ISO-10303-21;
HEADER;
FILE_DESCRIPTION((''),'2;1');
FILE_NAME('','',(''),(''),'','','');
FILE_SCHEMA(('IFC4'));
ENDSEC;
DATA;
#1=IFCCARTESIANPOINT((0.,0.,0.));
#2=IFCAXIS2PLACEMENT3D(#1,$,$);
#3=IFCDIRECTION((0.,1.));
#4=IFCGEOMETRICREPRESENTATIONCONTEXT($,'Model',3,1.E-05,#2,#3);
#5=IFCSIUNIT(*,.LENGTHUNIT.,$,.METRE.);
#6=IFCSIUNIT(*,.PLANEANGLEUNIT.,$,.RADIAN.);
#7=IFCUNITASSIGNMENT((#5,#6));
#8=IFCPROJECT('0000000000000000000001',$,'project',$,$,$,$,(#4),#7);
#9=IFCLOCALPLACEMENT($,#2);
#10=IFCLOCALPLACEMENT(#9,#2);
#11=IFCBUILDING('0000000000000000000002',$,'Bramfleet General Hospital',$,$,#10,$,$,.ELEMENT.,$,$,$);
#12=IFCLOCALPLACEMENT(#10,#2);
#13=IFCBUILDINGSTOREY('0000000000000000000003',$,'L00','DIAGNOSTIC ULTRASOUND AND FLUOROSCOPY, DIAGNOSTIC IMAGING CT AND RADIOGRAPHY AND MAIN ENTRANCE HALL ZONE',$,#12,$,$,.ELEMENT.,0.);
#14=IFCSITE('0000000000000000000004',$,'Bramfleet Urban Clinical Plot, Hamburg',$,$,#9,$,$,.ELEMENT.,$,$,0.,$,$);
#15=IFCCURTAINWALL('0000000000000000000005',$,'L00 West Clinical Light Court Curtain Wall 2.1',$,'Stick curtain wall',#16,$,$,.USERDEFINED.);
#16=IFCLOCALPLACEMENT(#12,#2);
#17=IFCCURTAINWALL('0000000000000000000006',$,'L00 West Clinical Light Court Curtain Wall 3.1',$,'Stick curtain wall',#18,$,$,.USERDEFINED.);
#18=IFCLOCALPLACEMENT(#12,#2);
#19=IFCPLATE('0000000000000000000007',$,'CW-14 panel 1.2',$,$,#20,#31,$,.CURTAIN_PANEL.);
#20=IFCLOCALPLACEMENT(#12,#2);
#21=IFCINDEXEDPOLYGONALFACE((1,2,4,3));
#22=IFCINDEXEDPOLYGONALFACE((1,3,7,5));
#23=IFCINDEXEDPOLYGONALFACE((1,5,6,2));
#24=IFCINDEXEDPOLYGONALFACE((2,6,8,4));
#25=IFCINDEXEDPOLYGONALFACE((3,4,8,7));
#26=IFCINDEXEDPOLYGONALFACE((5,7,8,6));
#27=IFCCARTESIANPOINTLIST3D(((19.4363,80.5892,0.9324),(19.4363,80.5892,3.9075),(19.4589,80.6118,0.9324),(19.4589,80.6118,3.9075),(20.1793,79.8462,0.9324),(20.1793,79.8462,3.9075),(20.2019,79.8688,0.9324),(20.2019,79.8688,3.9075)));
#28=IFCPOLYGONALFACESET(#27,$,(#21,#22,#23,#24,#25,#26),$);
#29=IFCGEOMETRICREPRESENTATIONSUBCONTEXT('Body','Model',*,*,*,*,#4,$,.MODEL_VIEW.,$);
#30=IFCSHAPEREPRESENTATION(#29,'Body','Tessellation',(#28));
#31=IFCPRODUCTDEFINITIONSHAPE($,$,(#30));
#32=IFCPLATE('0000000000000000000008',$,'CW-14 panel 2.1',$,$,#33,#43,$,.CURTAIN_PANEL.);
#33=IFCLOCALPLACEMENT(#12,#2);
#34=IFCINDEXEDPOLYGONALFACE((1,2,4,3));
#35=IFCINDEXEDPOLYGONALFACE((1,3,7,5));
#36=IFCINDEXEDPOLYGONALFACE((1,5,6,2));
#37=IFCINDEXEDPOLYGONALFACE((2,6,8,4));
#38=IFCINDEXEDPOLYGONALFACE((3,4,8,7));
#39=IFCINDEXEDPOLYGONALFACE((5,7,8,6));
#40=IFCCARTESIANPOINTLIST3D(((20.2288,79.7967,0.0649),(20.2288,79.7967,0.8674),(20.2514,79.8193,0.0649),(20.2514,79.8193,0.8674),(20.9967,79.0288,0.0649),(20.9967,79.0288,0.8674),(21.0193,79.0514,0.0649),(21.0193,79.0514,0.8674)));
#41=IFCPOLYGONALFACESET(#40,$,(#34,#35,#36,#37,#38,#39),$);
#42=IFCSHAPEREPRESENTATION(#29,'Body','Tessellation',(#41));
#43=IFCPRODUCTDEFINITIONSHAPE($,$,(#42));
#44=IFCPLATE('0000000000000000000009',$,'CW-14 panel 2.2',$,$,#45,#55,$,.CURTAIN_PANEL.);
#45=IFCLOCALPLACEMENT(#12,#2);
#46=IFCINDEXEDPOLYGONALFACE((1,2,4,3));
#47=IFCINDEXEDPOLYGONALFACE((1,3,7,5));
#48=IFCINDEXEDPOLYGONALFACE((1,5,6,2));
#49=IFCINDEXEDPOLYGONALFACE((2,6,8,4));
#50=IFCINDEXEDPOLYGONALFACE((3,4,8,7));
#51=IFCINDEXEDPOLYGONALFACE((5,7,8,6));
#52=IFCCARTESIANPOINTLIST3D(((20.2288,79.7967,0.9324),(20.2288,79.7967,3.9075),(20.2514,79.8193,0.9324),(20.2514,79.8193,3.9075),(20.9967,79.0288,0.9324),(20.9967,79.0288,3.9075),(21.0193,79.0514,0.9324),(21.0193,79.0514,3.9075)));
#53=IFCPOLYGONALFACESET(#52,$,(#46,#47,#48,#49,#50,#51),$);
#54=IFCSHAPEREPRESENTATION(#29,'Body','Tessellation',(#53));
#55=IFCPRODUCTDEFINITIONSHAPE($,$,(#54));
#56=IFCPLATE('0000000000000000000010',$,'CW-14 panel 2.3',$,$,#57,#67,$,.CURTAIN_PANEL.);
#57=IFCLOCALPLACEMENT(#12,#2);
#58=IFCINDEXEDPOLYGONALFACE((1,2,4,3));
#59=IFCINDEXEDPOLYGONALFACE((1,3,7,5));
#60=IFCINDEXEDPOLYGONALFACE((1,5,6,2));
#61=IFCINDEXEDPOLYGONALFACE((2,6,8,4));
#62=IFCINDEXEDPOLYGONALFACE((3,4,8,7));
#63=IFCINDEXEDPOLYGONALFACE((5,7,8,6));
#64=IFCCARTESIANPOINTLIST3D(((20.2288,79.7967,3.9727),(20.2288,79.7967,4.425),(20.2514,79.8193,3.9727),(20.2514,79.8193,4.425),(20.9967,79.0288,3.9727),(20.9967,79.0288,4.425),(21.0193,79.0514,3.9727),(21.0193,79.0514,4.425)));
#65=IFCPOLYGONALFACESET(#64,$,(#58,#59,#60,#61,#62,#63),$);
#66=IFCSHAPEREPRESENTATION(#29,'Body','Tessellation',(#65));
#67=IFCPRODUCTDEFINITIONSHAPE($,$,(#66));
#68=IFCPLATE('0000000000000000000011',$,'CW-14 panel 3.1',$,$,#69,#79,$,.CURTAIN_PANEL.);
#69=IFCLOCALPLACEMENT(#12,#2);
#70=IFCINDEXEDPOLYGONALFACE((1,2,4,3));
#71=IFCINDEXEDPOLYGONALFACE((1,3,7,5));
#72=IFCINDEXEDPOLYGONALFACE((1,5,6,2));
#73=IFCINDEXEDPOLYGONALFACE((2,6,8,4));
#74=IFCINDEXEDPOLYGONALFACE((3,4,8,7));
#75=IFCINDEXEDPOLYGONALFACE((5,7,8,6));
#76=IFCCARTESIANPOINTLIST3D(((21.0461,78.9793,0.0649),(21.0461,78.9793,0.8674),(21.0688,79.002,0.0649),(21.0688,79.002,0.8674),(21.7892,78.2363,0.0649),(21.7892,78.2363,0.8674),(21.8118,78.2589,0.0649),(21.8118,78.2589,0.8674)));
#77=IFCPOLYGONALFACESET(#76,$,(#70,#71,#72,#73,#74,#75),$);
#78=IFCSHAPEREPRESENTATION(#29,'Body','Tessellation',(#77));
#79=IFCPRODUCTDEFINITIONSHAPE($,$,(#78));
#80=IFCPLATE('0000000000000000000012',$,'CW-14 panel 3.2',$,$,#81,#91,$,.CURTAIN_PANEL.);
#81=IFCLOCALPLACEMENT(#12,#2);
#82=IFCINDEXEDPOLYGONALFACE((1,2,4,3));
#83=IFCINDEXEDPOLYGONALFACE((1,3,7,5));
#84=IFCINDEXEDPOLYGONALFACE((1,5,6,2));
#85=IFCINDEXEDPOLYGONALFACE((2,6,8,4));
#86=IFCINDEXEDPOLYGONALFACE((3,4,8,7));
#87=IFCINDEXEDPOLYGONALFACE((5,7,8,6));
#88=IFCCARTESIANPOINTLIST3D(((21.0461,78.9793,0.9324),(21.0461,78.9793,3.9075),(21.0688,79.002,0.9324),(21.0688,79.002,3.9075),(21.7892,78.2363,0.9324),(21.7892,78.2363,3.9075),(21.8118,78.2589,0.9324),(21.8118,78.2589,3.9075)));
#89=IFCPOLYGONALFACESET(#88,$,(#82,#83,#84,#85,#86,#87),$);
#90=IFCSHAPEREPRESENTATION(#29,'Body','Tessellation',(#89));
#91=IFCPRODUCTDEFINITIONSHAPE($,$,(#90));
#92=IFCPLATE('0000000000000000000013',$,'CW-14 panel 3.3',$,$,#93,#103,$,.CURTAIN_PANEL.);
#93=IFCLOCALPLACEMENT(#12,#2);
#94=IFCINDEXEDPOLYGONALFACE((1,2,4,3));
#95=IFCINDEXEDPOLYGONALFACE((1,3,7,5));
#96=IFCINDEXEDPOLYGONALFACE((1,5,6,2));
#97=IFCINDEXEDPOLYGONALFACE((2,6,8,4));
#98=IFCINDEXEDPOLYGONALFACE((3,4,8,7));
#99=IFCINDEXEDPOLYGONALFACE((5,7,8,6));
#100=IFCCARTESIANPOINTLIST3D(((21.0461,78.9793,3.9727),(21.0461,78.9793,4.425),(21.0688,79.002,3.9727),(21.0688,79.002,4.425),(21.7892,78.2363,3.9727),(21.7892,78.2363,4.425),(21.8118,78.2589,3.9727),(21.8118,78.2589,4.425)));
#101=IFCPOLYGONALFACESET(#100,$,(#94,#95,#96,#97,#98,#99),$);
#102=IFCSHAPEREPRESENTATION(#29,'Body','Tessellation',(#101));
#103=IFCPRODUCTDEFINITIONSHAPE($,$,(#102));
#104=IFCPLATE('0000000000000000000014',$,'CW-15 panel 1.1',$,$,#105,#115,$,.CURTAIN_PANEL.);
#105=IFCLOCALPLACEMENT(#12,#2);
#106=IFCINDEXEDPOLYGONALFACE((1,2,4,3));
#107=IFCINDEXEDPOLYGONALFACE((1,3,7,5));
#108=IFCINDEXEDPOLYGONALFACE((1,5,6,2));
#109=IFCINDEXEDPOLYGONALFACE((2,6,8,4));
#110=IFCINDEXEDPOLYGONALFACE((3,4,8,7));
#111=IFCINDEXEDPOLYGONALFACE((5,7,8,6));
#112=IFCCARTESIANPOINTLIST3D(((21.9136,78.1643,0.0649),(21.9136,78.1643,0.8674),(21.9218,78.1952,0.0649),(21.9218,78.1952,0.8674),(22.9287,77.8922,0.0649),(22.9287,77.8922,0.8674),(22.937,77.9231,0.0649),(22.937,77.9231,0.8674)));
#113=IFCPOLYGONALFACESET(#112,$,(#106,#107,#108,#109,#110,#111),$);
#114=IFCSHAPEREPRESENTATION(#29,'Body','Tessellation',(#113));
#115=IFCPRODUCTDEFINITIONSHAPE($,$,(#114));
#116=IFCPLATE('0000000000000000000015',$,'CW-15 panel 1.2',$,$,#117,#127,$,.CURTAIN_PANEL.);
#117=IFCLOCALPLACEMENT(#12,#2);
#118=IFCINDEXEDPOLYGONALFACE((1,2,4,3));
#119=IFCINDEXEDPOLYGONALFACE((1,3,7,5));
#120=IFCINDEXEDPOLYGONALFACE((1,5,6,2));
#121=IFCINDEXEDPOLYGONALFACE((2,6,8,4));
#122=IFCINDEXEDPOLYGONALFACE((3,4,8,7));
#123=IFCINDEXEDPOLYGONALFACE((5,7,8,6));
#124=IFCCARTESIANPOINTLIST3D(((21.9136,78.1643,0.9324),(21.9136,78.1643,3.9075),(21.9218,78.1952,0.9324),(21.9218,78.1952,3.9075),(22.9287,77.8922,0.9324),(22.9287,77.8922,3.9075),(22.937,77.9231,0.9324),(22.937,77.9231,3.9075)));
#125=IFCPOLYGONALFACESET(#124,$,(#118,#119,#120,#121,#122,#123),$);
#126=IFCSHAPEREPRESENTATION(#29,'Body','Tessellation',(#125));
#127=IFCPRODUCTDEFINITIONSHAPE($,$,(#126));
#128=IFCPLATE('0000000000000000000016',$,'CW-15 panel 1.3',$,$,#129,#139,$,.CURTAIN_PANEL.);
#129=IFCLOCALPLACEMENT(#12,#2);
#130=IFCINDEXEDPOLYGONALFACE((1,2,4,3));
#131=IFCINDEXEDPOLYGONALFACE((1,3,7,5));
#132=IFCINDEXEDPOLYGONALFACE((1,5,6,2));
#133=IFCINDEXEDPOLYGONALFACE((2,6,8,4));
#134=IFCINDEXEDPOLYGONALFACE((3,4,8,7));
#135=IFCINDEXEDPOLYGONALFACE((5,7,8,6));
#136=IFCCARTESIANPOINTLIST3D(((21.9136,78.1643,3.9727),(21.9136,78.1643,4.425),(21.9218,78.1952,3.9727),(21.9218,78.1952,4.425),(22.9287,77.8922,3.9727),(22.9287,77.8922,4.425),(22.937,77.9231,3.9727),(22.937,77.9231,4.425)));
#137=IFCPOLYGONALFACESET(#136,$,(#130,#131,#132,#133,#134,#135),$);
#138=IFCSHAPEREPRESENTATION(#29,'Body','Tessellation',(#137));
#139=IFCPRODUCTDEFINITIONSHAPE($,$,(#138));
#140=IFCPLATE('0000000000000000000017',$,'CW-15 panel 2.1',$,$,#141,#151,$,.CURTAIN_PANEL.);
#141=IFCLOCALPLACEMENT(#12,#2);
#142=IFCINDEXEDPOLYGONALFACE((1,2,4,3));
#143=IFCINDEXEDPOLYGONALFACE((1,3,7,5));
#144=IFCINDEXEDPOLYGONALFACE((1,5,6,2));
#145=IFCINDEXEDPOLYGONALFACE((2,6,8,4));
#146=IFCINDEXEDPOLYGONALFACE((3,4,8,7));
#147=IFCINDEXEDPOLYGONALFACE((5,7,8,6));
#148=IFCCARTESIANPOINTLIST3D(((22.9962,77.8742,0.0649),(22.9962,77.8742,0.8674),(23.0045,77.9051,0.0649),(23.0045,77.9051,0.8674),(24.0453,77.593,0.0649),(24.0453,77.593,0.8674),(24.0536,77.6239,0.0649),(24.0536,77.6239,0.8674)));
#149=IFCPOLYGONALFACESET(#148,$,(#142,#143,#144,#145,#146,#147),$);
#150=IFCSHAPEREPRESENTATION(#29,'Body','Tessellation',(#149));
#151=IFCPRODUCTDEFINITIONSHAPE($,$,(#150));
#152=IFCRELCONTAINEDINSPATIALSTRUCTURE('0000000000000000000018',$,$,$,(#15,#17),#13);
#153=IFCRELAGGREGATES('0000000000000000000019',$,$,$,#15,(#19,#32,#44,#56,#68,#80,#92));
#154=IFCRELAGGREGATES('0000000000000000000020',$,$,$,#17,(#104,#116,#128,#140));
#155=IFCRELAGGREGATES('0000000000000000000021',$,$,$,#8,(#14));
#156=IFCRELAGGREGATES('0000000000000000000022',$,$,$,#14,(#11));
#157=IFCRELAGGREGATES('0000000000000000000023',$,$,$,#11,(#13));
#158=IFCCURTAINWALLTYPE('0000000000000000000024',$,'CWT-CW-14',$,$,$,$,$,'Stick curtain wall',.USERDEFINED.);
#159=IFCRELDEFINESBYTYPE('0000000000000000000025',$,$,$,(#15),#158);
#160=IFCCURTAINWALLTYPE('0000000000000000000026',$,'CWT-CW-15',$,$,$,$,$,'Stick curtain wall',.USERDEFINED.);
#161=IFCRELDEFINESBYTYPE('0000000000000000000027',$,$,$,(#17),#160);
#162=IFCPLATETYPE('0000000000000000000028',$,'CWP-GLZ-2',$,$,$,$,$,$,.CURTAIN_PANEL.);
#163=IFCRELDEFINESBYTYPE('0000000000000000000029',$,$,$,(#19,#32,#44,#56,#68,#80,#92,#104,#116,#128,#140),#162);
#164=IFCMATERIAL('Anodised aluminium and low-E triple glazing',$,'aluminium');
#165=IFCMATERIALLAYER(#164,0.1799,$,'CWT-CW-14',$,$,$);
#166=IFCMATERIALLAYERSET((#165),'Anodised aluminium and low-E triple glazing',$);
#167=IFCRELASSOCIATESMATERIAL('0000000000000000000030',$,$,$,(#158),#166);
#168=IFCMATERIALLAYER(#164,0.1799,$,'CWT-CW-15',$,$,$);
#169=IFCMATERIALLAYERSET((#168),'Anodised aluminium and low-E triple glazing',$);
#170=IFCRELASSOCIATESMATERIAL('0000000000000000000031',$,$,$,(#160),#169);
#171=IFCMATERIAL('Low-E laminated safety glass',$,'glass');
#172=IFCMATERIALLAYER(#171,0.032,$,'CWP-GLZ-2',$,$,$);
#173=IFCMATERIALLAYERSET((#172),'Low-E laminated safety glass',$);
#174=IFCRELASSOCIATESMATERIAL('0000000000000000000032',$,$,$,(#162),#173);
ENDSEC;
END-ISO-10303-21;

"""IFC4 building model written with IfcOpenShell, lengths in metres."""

from ifc_helpers import new_model, si_unit, direction, frame, origin, origin_2d, place, context, subcontext, project, spatial, rectangle, extrude, material, layer, layer_set, type_object, element, aggregate, save


model = new_model("IFC4")

# Units and contexts
model_context = context("Model", 3, precision=1e-05, world=origin(), true_north=direction((0.0, 1.0)))
body_context = subcontext(model_context, "Body", "Model", "MODEL_VIEW")
ifc_project = project(units=[si_unit("LENGTHUNIT", "METRE"), si_unit("PLANEANGLEUNIT", "RADIAN")], contexts=[model_context])

# Site, building, storey
site_placement = place(None, origin())
site = spatial("IfcSite", under=ifc_project, at=site_placement, Name="Bramfleet Urban Clinical Plot, Hamburg", CompositionType="ELEMENT", RefElevation=0.0)
building_placement = place(site_placement, origin())
building = spatial("IfcBuilding", under=site, at=building_placement, Name="Bramfleet General Hospital", CompositionType="ELEMENT")
storey_placement = place(building_placement, origin())
storey = spatial("IfcBuildingStorey", under=building, at=storey_placement, Name="L00", Description="DIAGNOSTIC ULTRASOUND AND FLUOROSCOPY, DIAGNOSTIC IMAGING CT AND RADIOGRAPHY AND MAIN ENTRANCE HALL ZONE", CompositionType="ELEMENT", Elevation=0.0)

# Curtain walls
ifc_material_1 = material(Name="Anodised aluminium and low-E triple glazing", Category="aluminium")
ifc_layer_1 = layer(ifc_material_1, 0.1799, Name="CWT-CW-14")
ifc_layer_set_1 = layer_set([ifc_layer_1], Name="Anodised aluminium and low-E triple glazing")
curtain_wall_type_1 = type_object("IfcCurtainWallType", Name="CWT-CW-14", ElementType="Stick curtain wall", PredefinedType="USERDEFINED", material=ifc_layer_set_1)
curtain_wall_1_placement = place(storey_placement, origin())
curtain_wall_1 = element("IfcCurtainWall", 1, at=curtain_wall_1_placement, inside=storey, type_object=curtain_wall_type_1, Name="L00 West Clinical Light Court Curtain Wall 2.1", ObjectType="Stick curtain wall", PredefinedType="USERDEFINED")
ifc_layer_2 = layer(ifc_material_1, 0.1799, Name="CWT-CW-15")
ifc_layer_set_2 = layer_set([ifc_layer_2], Name="Anodised aluminium and low-E triple glazing")
curtain_wall_type_2 = type_object("IfcCurtainWallType", Name="CWT-CW-15", ElementType="Stick curtain wall", PredefinedType="USERDEFINED", material=ifc_layer_set_2)
curtain_wall_2_placement = place(storey_placement, origin())
curtain_wall_2 = element("IfcCurtainWall", 2, at=curtain_wall_2_placement, inside=storey, type_object=curtain_wall_type_2, Name="L00 West Clinical Light Court Curtain Wall 3.1", ObjectType="Stick curtain wall", PredefinedType="USERDEFINED")

# Plates
ifc_material_2 = material(Name="Low-E laminated safety glass", Category="glass")
ifc_layer_3 = layer(ifc_material_2, 0.032, Name="CWP-GLZ-2")
ifc_layer_set_3 = layer_set([ifc_layer_3], Name="Low-E laminated safety glass")
plate_type = type_object("IfcPlateType", Name="CWP-GLZ-2", PredefinedType="CURTAIN_PANEL", material=ifc_layer_set_3)
plate_1_placement = place(storey_placement, frame((19.8191, 80.229, 0.9324), z_axis=(0.0, 0.0, 1.0), x_axis=(0.707107, -0.707107, 0.0)))
plate_1 = element("IfcPlate", 3, at=plate_1_placement, type_object=plate_type, Name="CW-14 panel 1.2", PredefinedType="CURTAIN_PANEL", context=body_context, shape_type="SweptSolid", body=[
    extrude(rectangle(XDim=1.0508, YDim=0.032, at=origin_2d()), origin(), (0.0, 0.0, 1.0), 2.9751),
])
plate_2_placement = place(storey_placement, frame((20.624, 79.4241, 0.0649), z_axis=(0.0, 0.0, 1.0), x_axis=(0.707107, -0.707107, 0.0)))
plate_2 = element("IfcPlate", 4, at=plate_2_placement, type_object=plate_type, Name="CW-14 panel 2.1", PredefinedType="CURTAIN_PANEL", context=body_context, shape_type="SweptSolid", body=[
    extrude(rectangle(XDim=1.0859, YDim=0.032, at=origin_2d()), origin(), (0.0, 0.0, 1.0), 0.8025),
])
plate_3_placement = place(storey_placement, frame((20.624, 79.4241, 0.9324), z_axis=(0.0, 0.0, 1.0), x_axis=(0.707107, -0.707107, 0.0)))
plate_3 = element("IfcPlate", 5, at=plate_3_placement, type_object=plate_type, Name="CW-14 panel 2.2", PredefinedType="CURTAIN_PANEL", context=body_context, shape_type="SweptSolid", body=[
    extrude(rectangle(XDim=1.0859, YDim=0.032, at=origin_2d()), origin(), (0.0, 0.0, 1.0), 2.9751),
])
plate_4_placement = place(storey_placement, frame((20.624, 79.4241, 3.9727), z_axis=(0.0, 0.0, 1.0), x_axis=(0.707107, -0.707107, 0.0)))
plate_4 = element("IfcPlate", 6, at=plate_4_placement, type_object=plate_type, Name="CW-14 panel 2.3", PredefinedType="CURTAIN_PANEL", context=body_context, shape_type="SweptSolid", body=[
    extrude(rectangle(XDim=1.0859, YDim=0.032, at=origin_2d()), origin(), (0.0, 0.0, 1.0), 0.4524),
])
plate_5_placement = place(storey_placement, frame((21.429, 78.6191, 0.0649), z_axis=(0.0, 0.0, 1.0), x_axis=(0.707107, -0.707107, 0.0)))
plate_5 = element("IfcPlate", 7, at=plate_5_placement, type_object=plate_type, Name="CW-14 panel 3.1", PredefinedType="CURTAIN_PANEL", context=body_context, shape_type="SweptSolid", body=[
    extrude(rectangle(XDim=1.0508, YDim=0.032, at=origin_2d()), origin(), (0.0, 0.0, 1.0), 0.8025),
])
plate_6_placement = place(storey_placement, frame((21.429, 78.6191, 0.9324), z_axis=(0.0, 0.0, 1.0), x_axis=(0.707107, -0.707107, 0.0)))
plate_6 = element("IfcPlate", 8, at=plate_6_placement, type_object=plate_type, Name="CW-14 panel 3.2", PredefinedType="CURTAIN_PANEL", context=body_context, shape_type="SweptSolid", body=[
    extrude(rectangle(XDim=1.0508, YDim=0.032, at=origin_2d()), origin(), (0.0, 0.0, 1.0), 2.9751),
])
plate_7_placement = place(storey_placement, frame((21.429, 78.6191, 3.9727), z_axis=(0.0, 0.0, 1.0), x_axis=(0.707107, -0.707107, 0.0)))
plate_7 = element("IfcPlate", 9, at=plate_7_placement, type_object=plate_type, Name="CW-14 panel 3.3", PredefinedType="CURTAIN_PANEL", context=body_context, shape_type="SweptSolid", body=[
    extrude(rectangle(XDim=1.0508, YDim=0.032, at=origin_2d()), origin(), (0.0, 0.0, 1.0), 0.4524),
])
aggregate(curtain_wall_1, [plate_1, plate_2, plate_3, plate_4, plate_5, plate_6, plate_7])
plate_8_placement = place(storey_placement, frame((22.4253, 78.0437, 0.0649), z_axis=(0.0, 0.0, 1.0), x_axis=(0.965899, -0.258919, 0.0)))
plate_8 = element("IfcPlate", 10, at=plate_8_placement, type_object=plate_type, Name="CW-15 panel 1.1", PredefinedType="CURTAIN_PANEL", context=body_context, shape_type="SweptSolid", body=[
    extrude(rectangle(XDim=1.051, YDim=0.032, at=origin_2d()), origin(), (0.0, 0.0, 1.0), 0.8025),
])
plate_9_placement = place(storey_placement, frame((22.4253, 78.0437, 0.9324), z_axis=(0.0, 0.0, 1.0), x_axis=(0.965899, -0.258919, 0.0)))
plate_9 = element("IfcPlate", 11, at=plate_9_placement, type_object=plate_type, Name="CW-15 panel 1.2", PredefinedType="CURTAIN_PANEL", context=body_context, shape_type="SweptSolid", body=[
    extrude(rectangle(XDim=1.051, YDim=0.032, at=origin_2d()), origin(), (0.0, 0.0, 1.0), 2.9751),
])
plate_10_placement = place(storey_placement, frame((22.4253, 78.0437, 3.9727), z_axis=(0.0, 0.0, 1.0), x_axis=(0.965899, -0.258919, 0.0)))
plate_10 = element("IfcPlate", 12, at=plate_10_placement, type_object=plate_type, Name="CW-15 panel 1.3", PredefinedType="CURTAIN_PANEL", context=body_context, shape_type="SweptSolid", body=[
    extrude(rectangle(XDim=1.051, YDim=0.032, at=origin_2d()), origin(), (0.0, 0.0, 1.0), 0.4524),
])
plate_11_placement = place(storey_placement, frame((23.5249, 77.749, 0.0649), z_axis=(0.0, 0.0, 1.0), x_axis=(0.965899, -0.258919, 0.0)))
plate_11 = element("IfcPlate", 13, at=plate_11_placement, type_object=plate_type, Name="CW-15 panel 2.1", PredefinedType="CURTAIN_PANEL", context=body_context, shape_type="SweptSolid", body=[
    extrude(rectangle(XDim=1.0862, YDim=0.032, at=origin_2d()), origin(), (0.0, 0.0, 1.0), 0.8025),
])
aggregate(curtain_wall_2, [plate_8, plate_9, plate_10, plate_11])

save(model, "model.ifc")
